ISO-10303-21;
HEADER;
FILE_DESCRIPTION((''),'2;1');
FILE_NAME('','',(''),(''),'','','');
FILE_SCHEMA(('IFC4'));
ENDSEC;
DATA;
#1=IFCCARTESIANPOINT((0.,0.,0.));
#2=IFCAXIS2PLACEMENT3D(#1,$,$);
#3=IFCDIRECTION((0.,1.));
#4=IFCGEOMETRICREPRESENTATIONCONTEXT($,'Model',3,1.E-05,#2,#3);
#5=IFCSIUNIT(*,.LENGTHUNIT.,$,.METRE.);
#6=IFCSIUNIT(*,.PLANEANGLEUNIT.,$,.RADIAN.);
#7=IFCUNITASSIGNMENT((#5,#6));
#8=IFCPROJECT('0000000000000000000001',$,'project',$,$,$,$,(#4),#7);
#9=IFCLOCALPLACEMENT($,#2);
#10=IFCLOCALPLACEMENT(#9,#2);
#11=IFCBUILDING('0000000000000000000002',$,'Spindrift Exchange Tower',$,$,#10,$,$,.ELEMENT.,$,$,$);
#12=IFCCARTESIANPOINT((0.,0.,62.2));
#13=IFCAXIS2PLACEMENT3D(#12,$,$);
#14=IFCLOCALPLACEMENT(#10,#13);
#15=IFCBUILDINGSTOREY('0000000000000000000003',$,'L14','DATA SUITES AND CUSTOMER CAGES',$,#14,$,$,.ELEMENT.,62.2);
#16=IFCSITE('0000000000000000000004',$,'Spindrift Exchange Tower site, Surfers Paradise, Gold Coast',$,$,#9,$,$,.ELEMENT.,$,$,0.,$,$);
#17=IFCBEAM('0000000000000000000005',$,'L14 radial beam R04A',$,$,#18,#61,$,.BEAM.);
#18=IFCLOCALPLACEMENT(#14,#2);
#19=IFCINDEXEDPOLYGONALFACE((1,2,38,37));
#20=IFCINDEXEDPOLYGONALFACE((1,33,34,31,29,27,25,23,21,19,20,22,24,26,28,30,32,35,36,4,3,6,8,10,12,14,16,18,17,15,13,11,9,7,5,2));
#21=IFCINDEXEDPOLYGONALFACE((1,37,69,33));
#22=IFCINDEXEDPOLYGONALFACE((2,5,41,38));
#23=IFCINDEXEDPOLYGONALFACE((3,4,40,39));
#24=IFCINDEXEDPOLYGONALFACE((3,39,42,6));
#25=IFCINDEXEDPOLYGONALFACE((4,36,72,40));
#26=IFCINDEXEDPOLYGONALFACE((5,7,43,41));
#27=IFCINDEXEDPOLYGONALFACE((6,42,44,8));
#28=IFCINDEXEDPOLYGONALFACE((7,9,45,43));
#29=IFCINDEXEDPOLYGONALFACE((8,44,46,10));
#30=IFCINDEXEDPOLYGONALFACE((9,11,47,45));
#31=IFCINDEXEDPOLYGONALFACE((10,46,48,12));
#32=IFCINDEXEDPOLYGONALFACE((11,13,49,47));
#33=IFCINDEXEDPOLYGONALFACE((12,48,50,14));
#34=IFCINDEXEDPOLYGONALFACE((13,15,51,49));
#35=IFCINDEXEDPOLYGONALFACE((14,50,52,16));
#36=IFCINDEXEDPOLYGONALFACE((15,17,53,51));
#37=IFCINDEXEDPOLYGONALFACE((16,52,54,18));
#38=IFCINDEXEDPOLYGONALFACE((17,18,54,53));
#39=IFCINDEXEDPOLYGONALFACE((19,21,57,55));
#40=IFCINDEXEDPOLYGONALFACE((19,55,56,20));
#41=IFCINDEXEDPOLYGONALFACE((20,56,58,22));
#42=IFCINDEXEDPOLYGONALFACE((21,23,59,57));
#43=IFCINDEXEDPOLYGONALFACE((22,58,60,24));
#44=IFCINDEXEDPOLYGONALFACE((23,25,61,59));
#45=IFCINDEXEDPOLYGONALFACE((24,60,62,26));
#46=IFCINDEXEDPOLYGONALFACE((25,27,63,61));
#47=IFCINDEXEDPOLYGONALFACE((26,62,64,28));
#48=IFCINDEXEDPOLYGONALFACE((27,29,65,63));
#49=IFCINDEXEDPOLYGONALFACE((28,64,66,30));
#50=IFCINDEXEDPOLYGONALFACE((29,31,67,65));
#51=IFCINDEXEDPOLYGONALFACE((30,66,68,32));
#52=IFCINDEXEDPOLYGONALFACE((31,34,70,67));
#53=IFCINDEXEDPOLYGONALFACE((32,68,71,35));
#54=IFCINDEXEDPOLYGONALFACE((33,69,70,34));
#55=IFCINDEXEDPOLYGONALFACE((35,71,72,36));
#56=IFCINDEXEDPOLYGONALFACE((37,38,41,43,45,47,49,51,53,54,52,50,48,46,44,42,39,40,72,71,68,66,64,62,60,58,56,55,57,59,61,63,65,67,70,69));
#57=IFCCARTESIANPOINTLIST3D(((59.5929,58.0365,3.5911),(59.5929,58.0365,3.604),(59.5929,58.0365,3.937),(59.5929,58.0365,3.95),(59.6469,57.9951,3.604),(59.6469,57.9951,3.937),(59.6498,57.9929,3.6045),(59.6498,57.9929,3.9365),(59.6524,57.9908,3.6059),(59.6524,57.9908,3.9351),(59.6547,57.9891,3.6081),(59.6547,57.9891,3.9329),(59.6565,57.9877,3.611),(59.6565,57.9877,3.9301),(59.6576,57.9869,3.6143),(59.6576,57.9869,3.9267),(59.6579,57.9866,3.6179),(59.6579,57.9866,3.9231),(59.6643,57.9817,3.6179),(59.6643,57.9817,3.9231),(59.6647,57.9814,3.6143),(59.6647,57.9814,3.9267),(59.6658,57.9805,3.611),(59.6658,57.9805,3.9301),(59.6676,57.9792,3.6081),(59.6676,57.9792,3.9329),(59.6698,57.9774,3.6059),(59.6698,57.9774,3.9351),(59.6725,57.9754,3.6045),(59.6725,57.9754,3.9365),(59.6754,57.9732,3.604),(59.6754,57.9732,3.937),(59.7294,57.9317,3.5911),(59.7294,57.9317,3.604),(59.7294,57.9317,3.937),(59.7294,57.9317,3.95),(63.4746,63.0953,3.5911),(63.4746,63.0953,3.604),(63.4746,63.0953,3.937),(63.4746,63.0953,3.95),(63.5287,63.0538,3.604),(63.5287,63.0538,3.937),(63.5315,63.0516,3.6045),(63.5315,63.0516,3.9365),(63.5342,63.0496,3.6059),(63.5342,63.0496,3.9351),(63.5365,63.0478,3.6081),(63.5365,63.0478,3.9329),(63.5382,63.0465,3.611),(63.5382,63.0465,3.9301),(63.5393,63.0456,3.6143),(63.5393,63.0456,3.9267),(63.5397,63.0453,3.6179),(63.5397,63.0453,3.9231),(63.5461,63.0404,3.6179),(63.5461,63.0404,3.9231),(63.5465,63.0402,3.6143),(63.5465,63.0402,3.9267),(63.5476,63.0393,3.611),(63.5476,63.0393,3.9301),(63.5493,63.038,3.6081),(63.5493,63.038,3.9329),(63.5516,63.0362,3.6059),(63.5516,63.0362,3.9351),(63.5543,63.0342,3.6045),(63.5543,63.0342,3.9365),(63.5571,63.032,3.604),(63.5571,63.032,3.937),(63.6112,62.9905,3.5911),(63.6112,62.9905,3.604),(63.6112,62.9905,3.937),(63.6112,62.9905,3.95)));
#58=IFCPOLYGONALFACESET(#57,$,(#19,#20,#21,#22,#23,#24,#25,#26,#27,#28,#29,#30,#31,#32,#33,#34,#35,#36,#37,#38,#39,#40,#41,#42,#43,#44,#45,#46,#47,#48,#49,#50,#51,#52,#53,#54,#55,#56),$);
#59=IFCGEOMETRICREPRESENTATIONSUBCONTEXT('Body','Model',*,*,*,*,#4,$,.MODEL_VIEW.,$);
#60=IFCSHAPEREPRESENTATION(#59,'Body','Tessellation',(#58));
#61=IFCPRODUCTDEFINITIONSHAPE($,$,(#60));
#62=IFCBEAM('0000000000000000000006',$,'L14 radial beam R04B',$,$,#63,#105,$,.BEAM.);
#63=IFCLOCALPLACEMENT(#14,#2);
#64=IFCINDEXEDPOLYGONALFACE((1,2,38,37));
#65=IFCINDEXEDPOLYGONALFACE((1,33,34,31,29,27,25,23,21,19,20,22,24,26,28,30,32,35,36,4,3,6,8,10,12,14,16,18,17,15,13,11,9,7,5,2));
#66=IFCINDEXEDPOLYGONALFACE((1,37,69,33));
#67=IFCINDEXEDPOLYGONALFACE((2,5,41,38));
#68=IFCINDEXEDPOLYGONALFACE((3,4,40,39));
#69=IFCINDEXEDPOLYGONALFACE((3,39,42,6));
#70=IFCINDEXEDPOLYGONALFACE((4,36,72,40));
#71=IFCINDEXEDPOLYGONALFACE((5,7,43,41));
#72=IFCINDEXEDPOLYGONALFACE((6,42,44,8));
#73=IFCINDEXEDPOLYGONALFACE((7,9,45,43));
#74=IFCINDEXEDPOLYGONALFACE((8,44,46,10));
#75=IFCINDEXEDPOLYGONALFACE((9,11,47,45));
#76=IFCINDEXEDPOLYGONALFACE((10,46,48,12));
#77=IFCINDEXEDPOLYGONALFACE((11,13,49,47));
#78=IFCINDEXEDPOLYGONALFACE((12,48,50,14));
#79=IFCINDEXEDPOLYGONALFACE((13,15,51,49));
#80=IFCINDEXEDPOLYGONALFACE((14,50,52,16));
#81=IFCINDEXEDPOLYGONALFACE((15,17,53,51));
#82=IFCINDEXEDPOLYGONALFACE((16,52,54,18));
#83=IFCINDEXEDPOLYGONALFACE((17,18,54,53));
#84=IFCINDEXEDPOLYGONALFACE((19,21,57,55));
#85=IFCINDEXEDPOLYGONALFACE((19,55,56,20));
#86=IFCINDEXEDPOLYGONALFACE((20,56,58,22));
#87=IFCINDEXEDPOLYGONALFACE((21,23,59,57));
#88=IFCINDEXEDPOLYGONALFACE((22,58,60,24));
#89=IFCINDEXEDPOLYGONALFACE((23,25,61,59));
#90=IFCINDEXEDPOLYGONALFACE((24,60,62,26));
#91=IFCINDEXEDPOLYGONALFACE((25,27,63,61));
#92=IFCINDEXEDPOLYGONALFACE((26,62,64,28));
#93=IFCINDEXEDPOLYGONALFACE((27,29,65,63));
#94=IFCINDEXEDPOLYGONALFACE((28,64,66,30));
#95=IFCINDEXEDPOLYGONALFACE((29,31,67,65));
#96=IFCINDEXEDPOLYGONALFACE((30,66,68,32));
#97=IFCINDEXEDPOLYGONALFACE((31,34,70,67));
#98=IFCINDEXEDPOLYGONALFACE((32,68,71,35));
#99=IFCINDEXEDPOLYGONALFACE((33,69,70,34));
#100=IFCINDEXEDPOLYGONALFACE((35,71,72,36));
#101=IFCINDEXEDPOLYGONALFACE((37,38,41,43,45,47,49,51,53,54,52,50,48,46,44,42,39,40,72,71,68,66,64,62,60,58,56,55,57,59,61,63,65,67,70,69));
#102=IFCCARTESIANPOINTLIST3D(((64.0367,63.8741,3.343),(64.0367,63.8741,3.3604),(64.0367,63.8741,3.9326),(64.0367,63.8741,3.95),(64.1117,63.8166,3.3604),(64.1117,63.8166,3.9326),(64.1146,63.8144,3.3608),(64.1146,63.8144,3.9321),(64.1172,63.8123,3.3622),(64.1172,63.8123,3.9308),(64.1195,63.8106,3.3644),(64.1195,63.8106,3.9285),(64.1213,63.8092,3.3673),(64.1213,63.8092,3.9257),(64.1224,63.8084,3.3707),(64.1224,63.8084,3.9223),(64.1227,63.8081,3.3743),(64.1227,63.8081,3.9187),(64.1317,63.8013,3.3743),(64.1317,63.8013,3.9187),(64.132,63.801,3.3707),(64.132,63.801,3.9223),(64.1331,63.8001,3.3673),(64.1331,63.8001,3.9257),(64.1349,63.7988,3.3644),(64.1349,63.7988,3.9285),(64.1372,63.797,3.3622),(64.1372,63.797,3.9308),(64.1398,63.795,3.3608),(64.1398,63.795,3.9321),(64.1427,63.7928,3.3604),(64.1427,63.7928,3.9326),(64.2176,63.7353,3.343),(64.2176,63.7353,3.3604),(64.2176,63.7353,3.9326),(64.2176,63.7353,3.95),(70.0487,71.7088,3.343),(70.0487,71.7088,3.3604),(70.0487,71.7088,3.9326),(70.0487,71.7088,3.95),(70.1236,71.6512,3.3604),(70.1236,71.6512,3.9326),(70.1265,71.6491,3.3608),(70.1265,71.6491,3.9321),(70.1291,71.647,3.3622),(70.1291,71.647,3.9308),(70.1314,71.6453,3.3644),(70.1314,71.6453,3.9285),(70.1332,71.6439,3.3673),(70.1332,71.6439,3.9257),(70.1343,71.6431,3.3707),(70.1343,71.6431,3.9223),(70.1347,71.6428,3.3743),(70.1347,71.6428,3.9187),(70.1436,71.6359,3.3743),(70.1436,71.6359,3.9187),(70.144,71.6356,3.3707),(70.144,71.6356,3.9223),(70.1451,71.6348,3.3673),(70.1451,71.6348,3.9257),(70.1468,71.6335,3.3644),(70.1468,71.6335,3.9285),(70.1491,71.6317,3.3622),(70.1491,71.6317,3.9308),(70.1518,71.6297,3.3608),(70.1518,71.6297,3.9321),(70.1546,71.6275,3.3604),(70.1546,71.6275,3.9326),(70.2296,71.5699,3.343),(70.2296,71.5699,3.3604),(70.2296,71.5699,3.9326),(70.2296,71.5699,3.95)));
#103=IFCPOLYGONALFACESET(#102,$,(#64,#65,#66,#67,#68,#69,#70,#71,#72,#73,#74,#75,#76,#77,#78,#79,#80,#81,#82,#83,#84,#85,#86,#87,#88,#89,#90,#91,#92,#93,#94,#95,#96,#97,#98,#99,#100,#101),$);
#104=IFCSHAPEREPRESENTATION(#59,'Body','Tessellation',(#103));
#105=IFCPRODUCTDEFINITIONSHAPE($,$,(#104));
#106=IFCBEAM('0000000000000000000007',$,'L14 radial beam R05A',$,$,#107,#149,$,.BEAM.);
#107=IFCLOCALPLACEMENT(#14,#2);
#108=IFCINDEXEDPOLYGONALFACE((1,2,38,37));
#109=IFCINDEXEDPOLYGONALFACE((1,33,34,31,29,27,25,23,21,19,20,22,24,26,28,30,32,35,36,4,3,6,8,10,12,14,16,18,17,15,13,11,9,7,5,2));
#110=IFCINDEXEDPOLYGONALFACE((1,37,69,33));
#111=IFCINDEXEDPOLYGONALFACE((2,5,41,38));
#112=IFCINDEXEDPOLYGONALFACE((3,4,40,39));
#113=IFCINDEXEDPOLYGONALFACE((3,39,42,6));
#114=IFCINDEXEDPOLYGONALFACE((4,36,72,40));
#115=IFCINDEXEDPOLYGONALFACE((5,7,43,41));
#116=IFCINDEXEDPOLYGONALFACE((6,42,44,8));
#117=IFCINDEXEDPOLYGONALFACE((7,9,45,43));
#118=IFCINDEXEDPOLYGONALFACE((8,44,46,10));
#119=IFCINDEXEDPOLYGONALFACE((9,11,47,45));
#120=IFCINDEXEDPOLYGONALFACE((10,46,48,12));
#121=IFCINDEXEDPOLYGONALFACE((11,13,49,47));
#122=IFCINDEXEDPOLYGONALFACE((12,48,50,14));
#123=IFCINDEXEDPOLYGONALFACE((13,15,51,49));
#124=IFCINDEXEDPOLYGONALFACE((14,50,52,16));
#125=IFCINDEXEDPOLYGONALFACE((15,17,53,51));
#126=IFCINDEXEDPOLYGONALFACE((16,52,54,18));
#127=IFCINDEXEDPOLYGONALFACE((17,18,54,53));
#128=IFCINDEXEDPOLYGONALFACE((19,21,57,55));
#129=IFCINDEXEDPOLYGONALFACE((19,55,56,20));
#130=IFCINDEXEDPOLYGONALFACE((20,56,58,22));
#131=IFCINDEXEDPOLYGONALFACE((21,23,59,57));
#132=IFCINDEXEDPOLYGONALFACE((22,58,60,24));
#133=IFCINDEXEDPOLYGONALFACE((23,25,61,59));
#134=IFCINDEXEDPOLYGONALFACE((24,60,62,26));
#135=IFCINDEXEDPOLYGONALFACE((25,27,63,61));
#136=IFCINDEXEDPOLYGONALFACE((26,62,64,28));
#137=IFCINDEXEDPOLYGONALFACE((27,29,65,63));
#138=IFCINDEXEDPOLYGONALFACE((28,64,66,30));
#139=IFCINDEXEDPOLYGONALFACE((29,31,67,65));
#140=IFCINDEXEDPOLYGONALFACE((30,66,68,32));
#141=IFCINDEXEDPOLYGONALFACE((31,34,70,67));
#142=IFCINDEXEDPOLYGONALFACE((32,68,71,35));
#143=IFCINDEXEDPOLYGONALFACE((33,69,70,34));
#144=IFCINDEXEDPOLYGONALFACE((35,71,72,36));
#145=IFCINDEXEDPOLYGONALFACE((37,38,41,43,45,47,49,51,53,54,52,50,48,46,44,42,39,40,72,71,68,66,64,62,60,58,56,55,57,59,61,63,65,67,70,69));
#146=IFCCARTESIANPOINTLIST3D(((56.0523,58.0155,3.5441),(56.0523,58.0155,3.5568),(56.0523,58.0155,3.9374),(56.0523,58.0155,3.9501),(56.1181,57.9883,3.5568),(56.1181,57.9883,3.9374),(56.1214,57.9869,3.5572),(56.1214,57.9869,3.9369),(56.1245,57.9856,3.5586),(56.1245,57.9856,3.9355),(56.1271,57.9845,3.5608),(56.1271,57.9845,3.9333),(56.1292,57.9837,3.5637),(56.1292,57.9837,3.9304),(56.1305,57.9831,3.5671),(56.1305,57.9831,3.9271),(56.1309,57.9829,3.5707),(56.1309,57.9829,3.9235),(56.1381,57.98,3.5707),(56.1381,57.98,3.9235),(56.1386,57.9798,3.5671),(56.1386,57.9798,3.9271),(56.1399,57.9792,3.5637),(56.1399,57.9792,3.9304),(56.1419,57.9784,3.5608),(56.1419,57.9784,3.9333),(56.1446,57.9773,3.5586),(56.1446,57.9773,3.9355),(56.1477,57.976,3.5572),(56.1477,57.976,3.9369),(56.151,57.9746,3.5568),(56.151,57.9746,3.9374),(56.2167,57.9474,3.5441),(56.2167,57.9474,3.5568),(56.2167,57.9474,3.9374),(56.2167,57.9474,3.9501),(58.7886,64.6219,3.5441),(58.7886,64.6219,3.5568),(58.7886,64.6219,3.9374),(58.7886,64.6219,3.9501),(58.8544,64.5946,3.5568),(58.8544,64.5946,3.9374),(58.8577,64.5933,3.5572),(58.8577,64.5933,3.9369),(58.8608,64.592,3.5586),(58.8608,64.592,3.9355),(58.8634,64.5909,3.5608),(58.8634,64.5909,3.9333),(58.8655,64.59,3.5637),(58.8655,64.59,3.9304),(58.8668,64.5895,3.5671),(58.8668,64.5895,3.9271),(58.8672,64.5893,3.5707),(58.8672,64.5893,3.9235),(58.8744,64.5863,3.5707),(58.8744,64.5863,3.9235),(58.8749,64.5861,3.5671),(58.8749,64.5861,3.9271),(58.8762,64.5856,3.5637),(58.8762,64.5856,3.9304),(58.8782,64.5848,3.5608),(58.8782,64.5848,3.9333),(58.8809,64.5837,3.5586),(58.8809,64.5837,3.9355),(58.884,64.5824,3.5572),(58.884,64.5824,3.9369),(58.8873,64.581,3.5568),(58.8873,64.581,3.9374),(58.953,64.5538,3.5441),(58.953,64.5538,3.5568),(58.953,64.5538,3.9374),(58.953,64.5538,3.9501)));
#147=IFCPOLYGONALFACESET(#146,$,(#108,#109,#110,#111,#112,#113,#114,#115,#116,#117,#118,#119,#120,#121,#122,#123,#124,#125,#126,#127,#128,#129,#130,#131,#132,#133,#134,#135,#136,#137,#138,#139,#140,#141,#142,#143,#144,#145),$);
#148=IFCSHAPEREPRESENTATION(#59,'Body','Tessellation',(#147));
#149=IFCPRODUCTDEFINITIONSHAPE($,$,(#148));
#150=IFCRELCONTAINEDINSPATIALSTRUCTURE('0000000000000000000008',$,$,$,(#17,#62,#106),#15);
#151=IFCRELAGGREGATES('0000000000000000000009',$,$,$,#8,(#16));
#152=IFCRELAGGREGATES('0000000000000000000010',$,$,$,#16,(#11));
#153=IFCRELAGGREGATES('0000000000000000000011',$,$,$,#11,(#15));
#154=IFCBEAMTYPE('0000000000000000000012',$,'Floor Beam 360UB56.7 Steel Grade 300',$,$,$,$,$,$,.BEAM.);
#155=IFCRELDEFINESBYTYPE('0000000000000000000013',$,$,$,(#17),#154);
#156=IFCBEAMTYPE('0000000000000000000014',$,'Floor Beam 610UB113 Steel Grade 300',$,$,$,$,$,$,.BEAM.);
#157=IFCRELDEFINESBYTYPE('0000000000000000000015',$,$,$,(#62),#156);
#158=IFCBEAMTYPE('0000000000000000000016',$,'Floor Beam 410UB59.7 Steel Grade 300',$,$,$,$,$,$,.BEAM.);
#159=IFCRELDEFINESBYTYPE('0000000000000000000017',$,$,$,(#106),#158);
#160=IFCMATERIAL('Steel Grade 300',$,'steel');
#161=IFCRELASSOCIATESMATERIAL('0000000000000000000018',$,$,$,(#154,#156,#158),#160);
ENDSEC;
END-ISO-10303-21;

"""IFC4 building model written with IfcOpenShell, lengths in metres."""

from ifc_helpers import new_model, si_unit, direction, frame, origin, origin_2d, place, context, subcontext, project, spatial, i_section, extrude, source, transform, mapped, material, material_profile, profile_set, type_object, element, save


model = new_model("IFC4")

# Units and contexts
model_context = context("Model", 3, precision=1e-05, world=origin(), true_north=direction((0.0, 1.0)))
body_context = subcontext(model_context, "Body", "Model", "MODEL_VIEW")
ifc_project = project(units=[si_unit("LENGTHUNIT", "METRE"), si_unit("PLANEANGLEUNIT", "RADIAN")], contexts=[model_context])

# Site, building, storey
site_placement = place(None, origin())
site = spatial("IfcSite", under=ifc_project, at=site_placement, Name="Spindrift Exchange Tower site, Surfers Paradise, Gold Coast", CompositionType="ELEMENT", RefElevation=0.0)
building_placement = place(site_placement, origin())
building = spatial("IfcBuilding", under=site, at=building_placement, Name="Spindrift Exchange Tower", CompositionType="ELEMENT")
storey_placement = place(building_placement, frame((0.0, 0.0, 62.2)))
storey = spatial("IfcBuildingStorey", under=building, at=storey_placement, Name="L14", Description="DATA SUITES AND CUSTOMER CAGES", CompositionType="ELEMENT", Elevation=62.2)

# Beams
ifc_material_1 = material(Name="Steel Grade 300", Category="steel")
ifc_material_profile_1 = material_profile(ifc_material_1, i_section(OverallWidth=0.1721, OverallDepth=0.3589, WebThickness=0.0081, FlangeThickness=0.0129, FilletRadius=0.0139, at=origin_2d()), Name="360UB56.7")
ifc_profile_set_1 = profile_set([ifc_material_profile_1], Name="Steel Grade 300")
beam_type_1 = type_object("IfcBeamType", Name="Floor Beam 360UB56.7 Steel Grade 300", PredefinedType="BEAM", material=ifc_profile_set_1)
shared_shape_1 = source(origin(), body_context, "Body", "SweptSolid", [
    extrude(i_section(OverallWidth=0.1721, OverallDepth=0.3589, WebThickness=0.0081, FlangeThickness=0.0129, FilletRadius=0.0139, at=origin_2d()), origin(), (0.0, 0.0, 1.0), 6.3765),
])
beam_1_placement = place(storey_placement, frame((59.6611, 57.9841, 3.7705), z_axis=(0.608767, 0.793349, 0.0), x_axis=(-0.793349, 0.608767, 0.0)))
element("IfcBeam", 1, at=beam_1_placement, inside=storey, type_object=beam_type_1, Name="L14 radial beam R04A", PredefinedType="BEAM", context=body_context, shape_type="MappedRepresentation", body=[
    mapped(shared_shape_1, transform((0.0, 0.0, 0.0), scale=1.0)),
])
ifc_material_profile_2 = material_profile(ifc_material_1, i_section(OverallWidth=0.228, OverallDepth=0.6069, WebThickness=0.0112, FlangeThickness=0.0173, FilletRadius=0.0139, at=origin_2d()), Name="610UB113")
ifc_profile_set_2 = profile_set([ifc_material_profile_2], Name="Steel Grade 300")
beam_type_2 = type_object("IfcBeamType", Name="Floor Beam 610UB113 Steel Grade 300", PredefinedType="BEAM", material=ifc_profile_set_2)
shared_shape_2 = source(origin(), body_context, "Body", "SweptSolid", [
    extrude(i_section(OverallWidth=0.228, OverallDepth=0.6069, WebThickness=0.0112, FlangeThickness=0.0173, FilletRadius=0.0139, at=origin_2d()), origin(), (0.0, 0.0, 1.0), 9.8755),
])
beam_2_placement = place(storey_placement, frame((64.1272, 63.8047, 3.6465), z_axis=(0.608772, 0.793345, 0.0), x_axis=(-0.793345, 0.608772, 0.0)))
element("IfcBeam", 2, at=beam_2_placement, inside=storey, type_object=beam_type_2, Name="L14 radial beam R04B", PredefinedType="BEAM", context=body_context, shape_type="MappedRepresentation", body=[
    mapped(shared_shape_2, transform((0.0, 0.0, 0.0), scale=1.0)),
])
ifc_material_profile_3 = material_profile(ifc_material_1, i_section(OverallWidth=0.178, OverallDepth=0.406, WebThickness=0.0078, FlangeThickness=0.0127, FilletRadius=0.0139, at=origin_2d()), Name="410UB59.7")
ifc_profile_set_3 = profile_set([ifc_material_profile_3], Name="Steel Grade 300")
beam_type_3 = type_object("IfcBeamType", Name="Floor Beam 410UB59.7 Steel Grade 300", PredefinedType="BEAM", material=ifc_profile_set_3)
shared_shape_3 = source(origin(), body_context, "Body", "SweptSolid", [
    extrude(i_section(OverallWidth=0.178, OverallDepth=0.406, WebThickness=0.0078, FlangeThickness=0.0127, FilletRadius=0.0139, at=origin_2d()), origin(), (0.0, 0.0, 1.0), 7.1506),
])
beam_3_placement = place(storey_placement, frame((56.1345, 57.9814, 3.7471), z_axis=(0.382665, 0.923887, 0.0), x_axis=(-0.923887, 0.382665, 0.0)))
element("IfcBeam", 3, at=beam_3_placement, inside=storey, type_object=beam_type_3, Name="L14 radial beam R05A", PredefinedType="BEAM", context=body_context, shape_type="MappedRepresentation", body=[
    mapped(shared_shape_3, transform((0.0, 0.0, 0.0), scale=1.0)),
])

save(model, "model.ifc")
